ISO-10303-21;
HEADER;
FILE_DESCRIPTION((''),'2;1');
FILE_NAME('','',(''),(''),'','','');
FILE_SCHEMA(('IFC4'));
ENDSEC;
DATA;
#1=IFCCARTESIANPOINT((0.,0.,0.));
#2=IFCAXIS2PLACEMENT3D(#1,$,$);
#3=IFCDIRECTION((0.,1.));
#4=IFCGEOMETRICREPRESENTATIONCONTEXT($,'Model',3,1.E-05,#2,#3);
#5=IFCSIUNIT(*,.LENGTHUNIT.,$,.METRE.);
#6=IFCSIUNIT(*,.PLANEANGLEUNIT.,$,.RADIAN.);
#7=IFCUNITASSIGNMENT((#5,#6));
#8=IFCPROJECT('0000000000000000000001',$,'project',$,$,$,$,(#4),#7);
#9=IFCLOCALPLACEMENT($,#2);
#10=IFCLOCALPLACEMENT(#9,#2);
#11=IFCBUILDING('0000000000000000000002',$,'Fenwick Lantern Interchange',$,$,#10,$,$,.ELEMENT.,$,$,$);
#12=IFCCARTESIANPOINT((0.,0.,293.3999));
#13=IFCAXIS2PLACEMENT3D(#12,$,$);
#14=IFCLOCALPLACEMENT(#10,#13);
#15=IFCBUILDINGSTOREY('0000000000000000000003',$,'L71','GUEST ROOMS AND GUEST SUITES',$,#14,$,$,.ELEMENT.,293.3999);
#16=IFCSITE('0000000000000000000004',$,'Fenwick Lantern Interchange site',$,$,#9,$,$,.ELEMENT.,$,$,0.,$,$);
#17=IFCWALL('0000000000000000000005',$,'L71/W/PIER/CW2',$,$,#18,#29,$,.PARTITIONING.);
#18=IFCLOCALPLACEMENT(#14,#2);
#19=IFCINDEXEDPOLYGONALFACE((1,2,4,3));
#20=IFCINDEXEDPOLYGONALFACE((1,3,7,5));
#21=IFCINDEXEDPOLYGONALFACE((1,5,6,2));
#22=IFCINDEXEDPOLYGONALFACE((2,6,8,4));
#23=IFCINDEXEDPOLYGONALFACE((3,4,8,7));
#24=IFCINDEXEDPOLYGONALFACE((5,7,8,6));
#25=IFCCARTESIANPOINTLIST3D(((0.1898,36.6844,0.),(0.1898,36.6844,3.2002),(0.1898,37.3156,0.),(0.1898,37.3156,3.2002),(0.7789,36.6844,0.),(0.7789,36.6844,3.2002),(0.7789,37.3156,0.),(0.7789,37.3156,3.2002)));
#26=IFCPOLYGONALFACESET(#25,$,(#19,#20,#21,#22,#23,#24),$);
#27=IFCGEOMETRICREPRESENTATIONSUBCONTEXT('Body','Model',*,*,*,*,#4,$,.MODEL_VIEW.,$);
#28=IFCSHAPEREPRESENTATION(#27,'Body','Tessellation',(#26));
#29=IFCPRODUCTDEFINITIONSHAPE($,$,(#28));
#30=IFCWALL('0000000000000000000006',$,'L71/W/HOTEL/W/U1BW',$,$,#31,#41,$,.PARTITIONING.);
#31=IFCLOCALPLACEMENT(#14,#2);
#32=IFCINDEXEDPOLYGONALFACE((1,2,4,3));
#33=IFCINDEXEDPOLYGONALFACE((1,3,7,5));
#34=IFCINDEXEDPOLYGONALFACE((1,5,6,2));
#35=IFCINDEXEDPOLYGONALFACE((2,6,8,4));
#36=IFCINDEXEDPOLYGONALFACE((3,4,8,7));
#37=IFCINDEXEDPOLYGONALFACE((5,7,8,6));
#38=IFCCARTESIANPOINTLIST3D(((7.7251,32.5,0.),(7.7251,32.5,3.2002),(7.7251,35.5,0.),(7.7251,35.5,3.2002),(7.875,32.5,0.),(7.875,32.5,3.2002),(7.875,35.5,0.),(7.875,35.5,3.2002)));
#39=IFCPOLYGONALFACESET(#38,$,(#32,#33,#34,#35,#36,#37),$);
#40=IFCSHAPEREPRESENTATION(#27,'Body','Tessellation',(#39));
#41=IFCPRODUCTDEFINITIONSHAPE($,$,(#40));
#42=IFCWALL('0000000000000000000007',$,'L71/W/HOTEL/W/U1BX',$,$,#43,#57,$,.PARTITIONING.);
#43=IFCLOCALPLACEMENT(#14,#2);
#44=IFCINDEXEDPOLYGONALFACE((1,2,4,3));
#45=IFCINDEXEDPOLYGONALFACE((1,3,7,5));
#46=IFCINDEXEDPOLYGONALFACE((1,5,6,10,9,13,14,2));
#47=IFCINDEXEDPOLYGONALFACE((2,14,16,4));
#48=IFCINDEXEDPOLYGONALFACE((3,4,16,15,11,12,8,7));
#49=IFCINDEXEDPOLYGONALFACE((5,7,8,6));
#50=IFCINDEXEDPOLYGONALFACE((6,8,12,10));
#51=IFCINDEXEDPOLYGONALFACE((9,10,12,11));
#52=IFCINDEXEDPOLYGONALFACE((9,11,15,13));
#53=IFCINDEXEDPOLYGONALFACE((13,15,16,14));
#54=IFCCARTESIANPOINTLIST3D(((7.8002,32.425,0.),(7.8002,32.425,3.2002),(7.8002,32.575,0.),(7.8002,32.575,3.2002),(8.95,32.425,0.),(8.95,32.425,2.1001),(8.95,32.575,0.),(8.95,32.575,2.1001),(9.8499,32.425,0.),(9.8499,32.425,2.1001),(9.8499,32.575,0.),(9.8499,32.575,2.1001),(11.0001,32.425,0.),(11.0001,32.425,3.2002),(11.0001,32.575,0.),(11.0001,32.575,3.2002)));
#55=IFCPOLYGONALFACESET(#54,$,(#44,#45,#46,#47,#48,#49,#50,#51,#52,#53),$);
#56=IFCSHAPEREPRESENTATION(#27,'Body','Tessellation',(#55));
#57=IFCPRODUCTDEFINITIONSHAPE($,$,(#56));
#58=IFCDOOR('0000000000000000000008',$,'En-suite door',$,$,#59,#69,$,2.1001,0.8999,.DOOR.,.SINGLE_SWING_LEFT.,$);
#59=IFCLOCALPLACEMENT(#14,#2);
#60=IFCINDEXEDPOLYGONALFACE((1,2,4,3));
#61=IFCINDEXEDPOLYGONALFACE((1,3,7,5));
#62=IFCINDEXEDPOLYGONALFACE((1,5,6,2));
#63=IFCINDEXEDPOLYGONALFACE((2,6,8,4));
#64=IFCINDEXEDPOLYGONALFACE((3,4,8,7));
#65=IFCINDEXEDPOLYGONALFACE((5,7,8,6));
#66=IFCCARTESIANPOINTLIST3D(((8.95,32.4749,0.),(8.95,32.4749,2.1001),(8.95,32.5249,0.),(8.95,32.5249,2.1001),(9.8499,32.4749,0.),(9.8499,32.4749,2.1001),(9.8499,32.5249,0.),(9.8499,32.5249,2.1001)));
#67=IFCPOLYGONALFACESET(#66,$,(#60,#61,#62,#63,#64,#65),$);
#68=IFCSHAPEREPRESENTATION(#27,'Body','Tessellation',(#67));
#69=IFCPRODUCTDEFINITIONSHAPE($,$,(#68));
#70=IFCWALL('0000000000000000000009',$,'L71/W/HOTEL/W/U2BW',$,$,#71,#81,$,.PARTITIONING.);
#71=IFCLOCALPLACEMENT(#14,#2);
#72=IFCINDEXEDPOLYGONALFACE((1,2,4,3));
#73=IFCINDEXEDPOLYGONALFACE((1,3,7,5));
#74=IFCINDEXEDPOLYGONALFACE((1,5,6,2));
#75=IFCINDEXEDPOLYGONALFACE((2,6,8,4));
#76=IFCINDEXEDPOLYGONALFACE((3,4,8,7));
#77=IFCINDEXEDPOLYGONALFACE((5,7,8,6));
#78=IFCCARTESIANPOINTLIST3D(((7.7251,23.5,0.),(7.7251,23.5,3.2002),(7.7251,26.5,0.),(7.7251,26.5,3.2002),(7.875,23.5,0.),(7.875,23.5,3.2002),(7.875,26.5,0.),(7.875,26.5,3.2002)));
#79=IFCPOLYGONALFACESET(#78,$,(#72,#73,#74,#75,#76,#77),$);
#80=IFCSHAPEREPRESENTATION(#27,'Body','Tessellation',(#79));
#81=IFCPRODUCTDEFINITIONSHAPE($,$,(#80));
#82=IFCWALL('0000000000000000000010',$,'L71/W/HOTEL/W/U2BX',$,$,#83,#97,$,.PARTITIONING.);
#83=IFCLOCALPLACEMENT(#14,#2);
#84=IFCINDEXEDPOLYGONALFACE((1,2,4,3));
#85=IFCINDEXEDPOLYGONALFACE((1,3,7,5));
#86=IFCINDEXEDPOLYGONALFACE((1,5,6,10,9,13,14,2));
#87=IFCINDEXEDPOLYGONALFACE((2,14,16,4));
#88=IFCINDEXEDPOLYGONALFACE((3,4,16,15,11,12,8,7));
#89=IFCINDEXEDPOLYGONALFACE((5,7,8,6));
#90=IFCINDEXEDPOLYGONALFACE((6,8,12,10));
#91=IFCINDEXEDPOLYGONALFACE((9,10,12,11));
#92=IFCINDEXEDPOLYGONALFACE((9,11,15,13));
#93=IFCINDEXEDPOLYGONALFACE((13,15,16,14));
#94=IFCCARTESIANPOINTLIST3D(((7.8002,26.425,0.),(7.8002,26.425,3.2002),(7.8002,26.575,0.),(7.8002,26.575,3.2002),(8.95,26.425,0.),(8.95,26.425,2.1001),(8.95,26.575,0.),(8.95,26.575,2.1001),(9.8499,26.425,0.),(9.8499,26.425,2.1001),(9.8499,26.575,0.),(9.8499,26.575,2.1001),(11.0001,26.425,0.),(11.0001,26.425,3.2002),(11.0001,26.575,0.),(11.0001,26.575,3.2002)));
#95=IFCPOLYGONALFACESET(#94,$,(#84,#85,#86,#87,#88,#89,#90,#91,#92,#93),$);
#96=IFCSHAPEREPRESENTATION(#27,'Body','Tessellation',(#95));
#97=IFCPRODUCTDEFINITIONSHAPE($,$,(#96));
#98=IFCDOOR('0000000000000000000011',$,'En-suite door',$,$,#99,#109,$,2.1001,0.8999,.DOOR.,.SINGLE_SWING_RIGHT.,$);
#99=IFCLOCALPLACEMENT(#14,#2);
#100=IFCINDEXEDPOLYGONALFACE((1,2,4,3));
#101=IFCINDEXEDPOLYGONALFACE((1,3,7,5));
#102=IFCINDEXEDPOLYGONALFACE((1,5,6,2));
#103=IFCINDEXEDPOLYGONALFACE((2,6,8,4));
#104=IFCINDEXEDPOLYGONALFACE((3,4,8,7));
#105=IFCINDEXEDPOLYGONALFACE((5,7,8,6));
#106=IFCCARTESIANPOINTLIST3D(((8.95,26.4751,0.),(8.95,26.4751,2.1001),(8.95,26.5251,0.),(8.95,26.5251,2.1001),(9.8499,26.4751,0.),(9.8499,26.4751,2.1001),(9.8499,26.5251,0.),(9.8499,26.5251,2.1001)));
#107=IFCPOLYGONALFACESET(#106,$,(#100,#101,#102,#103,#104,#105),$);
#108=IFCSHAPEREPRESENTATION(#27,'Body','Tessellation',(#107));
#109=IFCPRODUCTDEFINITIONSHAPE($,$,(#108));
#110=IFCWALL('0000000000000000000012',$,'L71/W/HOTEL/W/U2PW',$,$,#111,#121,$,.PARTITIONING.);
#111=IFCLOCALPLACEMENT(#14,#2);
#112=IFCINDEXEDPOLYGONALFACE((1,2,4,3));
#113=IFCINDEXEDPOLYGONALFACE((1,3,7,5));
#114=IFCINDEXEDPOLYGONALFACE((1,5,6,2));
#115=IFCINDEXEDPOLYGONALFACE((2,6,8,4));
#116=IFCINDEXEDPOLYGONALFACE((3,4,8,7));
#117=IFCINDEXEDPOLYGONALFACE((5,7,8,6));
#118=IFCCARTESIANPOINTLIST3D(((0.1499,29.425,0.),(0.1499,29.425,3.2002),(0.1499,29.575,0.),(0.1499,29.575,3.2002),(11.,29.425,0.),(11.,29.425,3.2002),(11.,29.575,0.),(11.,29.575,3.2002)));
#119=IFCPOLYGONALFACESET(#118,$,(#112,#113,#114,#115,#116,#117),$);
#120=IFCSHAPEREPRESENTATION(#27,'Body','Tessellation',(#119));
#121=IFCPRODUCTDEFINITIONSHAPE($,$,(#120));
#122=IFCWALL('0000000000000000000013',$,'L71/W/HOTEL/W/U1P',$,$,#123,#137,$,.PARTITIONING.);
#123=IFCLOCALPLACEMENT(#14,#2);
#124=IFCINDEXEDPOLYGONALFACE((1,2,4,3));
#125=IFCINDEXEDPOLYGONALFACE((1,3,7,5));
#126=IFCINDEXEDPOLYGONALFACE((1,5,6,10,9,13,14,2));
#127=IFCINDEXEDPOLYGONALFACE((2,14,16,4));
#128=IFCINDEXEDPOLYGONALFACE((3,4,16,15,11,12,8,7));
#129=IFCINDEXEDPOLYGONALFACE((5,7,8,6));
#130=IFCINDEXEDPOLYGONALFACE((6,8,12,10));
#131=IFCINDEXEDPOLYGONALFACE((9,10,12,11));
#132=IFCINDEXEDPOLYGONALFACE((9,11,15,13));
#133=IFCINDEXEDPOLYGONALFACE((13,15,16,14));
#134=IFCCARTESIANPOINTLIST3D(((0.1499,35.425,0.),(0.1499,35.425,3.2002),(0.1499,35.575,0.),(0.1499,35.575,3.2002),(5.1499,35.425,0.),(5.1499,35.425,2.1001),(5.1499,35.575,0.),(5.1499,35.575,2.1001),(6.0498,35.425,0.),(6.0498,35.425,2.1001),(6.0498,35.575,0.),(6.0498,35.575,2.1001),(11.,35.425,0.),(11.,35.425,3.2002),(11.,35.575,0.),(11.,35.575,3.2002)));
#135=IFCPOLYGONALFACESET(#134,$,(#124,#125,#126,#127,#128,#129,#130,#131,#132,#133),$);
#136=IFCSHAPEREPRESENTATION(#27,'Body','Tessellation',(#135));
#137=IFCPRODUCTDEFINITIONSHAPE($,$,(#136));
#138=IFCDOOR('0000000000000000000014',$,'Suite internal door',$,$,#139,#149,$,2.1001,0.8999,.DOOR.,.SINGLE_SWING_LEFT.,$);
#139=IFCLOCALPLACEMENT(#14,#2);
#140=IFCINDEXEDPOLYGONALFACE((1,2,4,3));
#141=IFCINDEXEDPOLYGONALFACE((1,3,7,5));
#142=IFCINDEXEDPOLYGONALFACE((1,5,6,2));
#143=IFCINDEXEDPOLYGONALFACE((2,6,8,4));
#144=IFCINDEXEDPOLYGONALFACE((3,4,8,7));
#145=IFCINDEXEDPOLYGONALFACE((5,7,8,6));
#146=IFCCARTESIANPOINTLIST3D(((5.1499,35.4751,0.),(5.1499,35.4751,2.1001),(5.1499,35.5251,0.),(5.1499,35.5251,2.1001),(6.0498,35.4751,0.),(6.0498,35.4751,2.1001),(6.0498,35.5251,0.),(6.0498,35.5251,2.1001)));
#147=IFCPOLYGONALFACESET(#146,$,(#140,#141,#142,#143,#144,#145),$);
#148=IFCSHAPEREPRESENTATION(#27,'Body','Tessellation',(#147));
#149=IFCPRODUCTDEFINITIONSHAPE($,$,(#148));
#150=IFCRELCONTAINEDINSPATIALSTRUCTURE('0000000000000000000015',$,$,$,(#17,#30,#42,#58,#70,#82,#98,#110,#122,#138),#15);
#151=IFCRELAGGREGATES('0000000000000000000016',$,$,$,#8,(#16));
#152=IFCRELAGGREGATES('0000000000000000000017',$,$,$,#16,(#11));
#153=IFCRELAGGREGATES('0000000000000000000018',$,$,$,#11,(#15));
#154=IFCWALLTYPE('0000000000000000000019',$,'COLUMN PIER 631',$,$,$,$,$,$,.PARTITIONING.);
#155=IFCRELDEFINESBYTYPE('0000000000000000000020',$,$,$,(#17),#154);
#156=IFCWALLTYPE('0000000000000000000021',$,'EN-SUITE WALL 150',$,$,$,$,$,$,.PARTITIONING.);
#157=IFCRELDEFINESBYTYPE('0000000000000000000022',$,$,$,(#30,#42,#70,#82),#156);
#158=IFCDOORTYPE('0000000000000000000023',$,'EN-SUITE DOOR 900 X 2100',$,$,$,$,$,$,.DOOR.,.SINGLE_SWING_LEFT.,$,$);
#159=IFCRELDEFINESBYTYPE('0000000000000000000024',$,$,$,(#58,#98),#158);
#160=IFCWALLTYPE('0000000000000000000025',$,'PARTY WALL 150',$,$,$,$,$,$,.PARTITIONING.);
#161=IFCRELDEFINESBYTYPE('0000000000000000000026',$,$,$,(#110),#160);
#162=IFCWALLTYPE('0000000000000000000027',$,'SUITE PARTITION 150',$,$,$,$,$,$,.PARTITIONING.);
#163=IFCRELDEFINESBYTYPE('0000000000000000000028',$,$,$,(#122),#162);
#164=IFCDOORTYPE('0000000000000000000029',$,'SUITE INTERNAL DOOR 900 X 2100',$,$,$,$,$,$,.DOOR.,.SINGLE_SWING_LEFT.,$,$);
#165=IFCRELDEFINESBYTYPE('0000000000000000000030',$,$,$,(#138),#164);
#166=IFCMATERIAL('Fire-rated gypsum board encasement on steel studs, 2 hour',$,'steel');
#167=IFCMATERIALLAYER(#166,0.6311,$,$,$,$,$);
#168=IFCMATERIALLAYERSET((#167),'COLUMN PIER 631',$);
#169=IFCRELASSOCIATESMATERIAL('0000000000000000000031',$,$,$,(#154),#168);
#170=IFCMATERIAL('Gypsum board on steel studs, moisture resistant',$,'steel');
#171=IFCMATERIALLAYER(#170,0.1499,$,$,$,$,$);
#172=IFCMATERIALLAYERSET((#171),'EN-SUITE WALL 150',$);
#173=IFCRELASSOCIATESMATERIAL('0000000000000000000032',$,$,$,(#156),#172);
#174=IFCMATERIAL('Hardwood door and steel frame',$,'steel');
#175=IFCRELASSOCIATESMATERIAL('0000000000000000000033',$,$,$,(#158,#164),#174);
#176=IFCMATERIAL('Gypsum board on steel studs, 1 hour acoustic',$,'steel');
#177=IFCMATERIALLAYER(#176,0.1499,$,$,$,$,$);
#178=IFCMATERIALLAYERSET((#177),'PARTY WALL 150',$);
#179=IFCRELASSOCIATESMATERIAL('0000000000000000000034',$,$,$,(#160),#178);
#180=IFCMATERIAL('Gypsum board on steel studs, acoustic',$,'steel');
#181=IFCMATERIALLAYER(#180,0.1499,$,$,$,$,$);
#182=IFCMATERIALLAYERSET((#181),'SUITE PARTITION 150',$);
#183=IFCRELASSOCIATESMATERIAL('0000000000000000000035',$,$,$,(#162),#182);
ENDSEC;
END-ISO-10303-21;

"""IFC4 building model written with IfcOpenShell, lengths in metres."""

from ifc_helpers import new_model, si_unit, direction, frame, frame_2d, origin, place, context, subcontext, project, spatial, rectangle, extrude, material, layer, layer_set, type_object, element, fill, save


model = new_model("IFC4")

# Units and contexts
model_context = context("Model", 3, precision=1e-05, world=origin(), true_north=direction((0.0, 1.0)))
body_context = subcontext(model_context, "Body", "Model", "MODEL_VIEW")
ifc_project = project(units=[si_unit("LENGTHUNIT", "METRE"), si_unit("PLANEANGLEUNIT", "RADIAN")], contexts=[model_context])

# Site, building, storey
site_placement = place(None, origin())
site = spatial("IfcSite", under=ifc_project, at=site_placement, Name="Fenwick Lantern Interchange site", CompositionType="ELEMENT", RefElevation=0.0)
building_placement = place(site_placement, origin())
building = spatial("IfcBuilding", under=site, at=building_placement, Name="Fenwick Lantern Interchange", CompositionType="ELEMENT")
storey_placement = place(building_placement, frame((0.0, 0.0, 293.3999)))
storey = spatial("IfcBuildingStorey", under=building, at=storey_placement, Name="L71", Description="GUEST ROOMS AND GUEST SUITES", CompositionType="ELEMENT", Elevation=293.3999)

# Walls
ifc_material_1 = material(Name="Fire-rated gypsum board encasement on steel studs, 2 hour", Category="steel")
ifc_layer_1 = layer(ifc_material_1, 0.6311)
ifc_layer_set_1 = layer_set([ifc_layer_1], Name="COLUMN PIER 631")
wall_type_1 = type_object("IfcWallType", Name="COLUMN PIER 631", PredefinedType="PARTITIONING", material=ifc_layer_set_1)
wall_1_placement = place(storey_placement, frame((0.1899, 37.0, 0.0), z_axis=(0.0, 0.0, 1.0), x_axis=(1.0, 0.0, 0.0)))
element("IfcWall", 1, at=wall_1_placement, inside=storey, type_object=wall_type_1, Name="L71/W/PIER/CW2", PredefinedType="PARTITIONING", context=body_context, shape_type="SweptSolid", body=[
    extrude(rectangle(XDim=0.5891, YDim=0.6311, at=frame_2d((0.2944, 0.0))), origin(), (0.0, 0.0, 1.0), 3.2002),
])
ifc_material_2 = material(Name="Gypsum board on steel studs, moisture resistant", Category="steel")
ifc_layer_2 = layer(ifc_material_2, 0.1499)
ifc_layer_set_2 = layer_set([ifc_layer_2], Name="EN-SUITE WALL 150")
wall_type_2 = type_object("IfcWallType", Name="EN-SUITE WALL 150", PredefinedType="PARTITIONING", material=ifc_layer_set_2)
wall_2_placement = place(storey_placement, frame((7.8, 35.5, 0.0), z_axis=(0.0, 0.0, 1.0), x_axis=(0.0, -1.0, 0.0)))
element("IfcWall", 2, at=wall_2_placement, inside=storey, type_object=wall_type_2, Name="L71/W/HOTEL/W/U1BW", PredefinedType="PARTITIONING", context=body_context, shape_type="SweptSolid", body=[
    extrude(rectangle(XDim=3.0, YDim=0.1499, at=frame_2d((1.5, 0.0))), origin(), (0.0, 0.0, 1.0), 3.2002),
])

# Wall, opening, door
wall_3_placement = place(storey_placement, frame((7.8, 32.5, 0.0), z_axis=(0.0, 0.0, 1.0), x_axis=(1.0, 0.0, 0.0)))
wall_3 = element("IfcWall", 3, at=wall_3_placement, inside=storey, type_object=wall_type_2, Name="L71/W/HOTEL/W/U1BX", PredefinedType="PARTITIONING", context=body_context, shape_type="SweptSolid", body=[
    extrude(rectangle(XDim=3.2, YDim=0.1499, at=frame_2d((1.6001, 0.0))), origin(), (0.0, 0.0, 1.0), 3.2002),
])
opening_1_placement = place(wall_3_placement, frame((1.1499, 0.0, 0.0)))
opening_1 = element("IfcOpeningElement", 4, at=opening_1_placement, cuts=wall_3, PredefinedType="OPENING", context=body_context, shape_type="SweptSolid", body=[
    extrude(rectangle(XDim=0.8999, YDim=2.1001, at=frame_2d((0.45, 1.05))), frame((0.0, 0.085, 0.0), z_axis=(0.0, -1.0, 0.0), x_axis=(1.0, 0.0, 0.0)), (0.0, 0.0, 1.0), 0.1699),
])
ifc_material_3 = material(Name="Hardwood door and steel frame", Category="steel")
door_type_1 = type_object("IfcDoorType", Name="EN-SUITE DOOR 900 X 2100", OperationType="SINGLE_SWING_LEFT", PredefinedType="DOOR", material=ifc_material_3)
door_1_placement = place(opening_1_placement, origin())
door_1 = element("IfcDoor", 5, at=door_1_placement, inside=storey, type_object=door_type_1, Name="En-suite door", OperationType="SINGLE_SWING_LEFT", OverallHeight=2.1001, OverallWidth=0.8999, PredefinedType="DOOR", context=body_context, shape_type="SweptSolid", body=[
    extrude(rectangle(XDim=0.8999, YDim=2.1001, at=frame_2d((0.45, 1.05))), frame((0.0, 0.0249, 0.0), z_axis=(0.0, -1.0, 0.0), x_axis=(1.0, 0.0, 0.0)), (0.0, 0.0, 1.0), 0.05),
])
fill(opening_1, door_1)

# Wall
wall_4_placement = place(storey_placement, frame((7.8, 26.5, 0.0), z_axis=(0.0, 0.0, 1.0), x_axis=(0.0, -1.0, 0.0)))
element("IfcWall", 6, at=wall_4_placement, inside=storey, type_object=wall_type_2, Name="L71/W/HOTEL/W/U2BW", PredefinedType="PARTITIONING", context=body_context, shape_type="SweptSolid", body=[
    extrude(rectangle(XDim=3.0, YDim=0.1499, at=frame_2d((1.5, 0.0))), origin(), (0.0, 0.0, 1.0), 3.2002),
])

# Wall, opening, door
wall_5_placement = place(storey_placement, frame((7.8, 26.5, 0.0), z_axis=(0.0, 0.0, 1.0), x_axis=(1.0, 0.0, 0.0)))
wall_5 = element("IfcWall", 7, at=wall_5_placement, inside=storey, type_object=wall_type_2, Name="L71/W/HOTEL/W/U2BX", PredefinedType="PARTITIONING", context=body_context, shape_type="SweptSolid", body=[
    extrude(rectangle(XDim=3.2, YDim=0.1499, at=frame_2d((1.6001, 0.0))), origin(), (0.0, 0.0, 1.0), 3.2002),
])
opening_2_placement = place(wall_5_placement, frame((1.1499, 0.0, 0.0)))
opening_2 = element("IfcOpeningElement", 8, at=opening_2_placement, cuts=wall_5, PredefinedType="OPENING", context=body_context, shape_type="SweptSolid", body=[
    extrude(rectangle(XDim=0.8999, YDim=2.1001, at=frame_2d((0.45, 1.05))), frame((0.0, 0.085, 0.0), z_axis=(0.0, -1.0, 0.0), x_axis=(1.0, 0.0, 0.0)), (0.0, 0.0, 1.0), 0.1699),
])
door_2_placement = place(opening_2_placement, frame((0.8999, 0.0, 0.0), z_axis=(0.0, 0.0, 1.0), x_axis=(-1.0, 0.0, 0.0)))
door_2 = element("IfcDoor", 9, at=door_2_placement, inside=storey, type_object=door_type_1, Name="En-suite door", OperationType="SINGLE_SWING_RIGHT", OverallHeight=2.1001, OverallWidth=0.8999, PredefinedType="DOOR", context=body_context, shape_type="SweptSolid", body=[
    extrude(rectangle(XDim=0.8999, YDim=2.1001, at=frame_2d((0.45, 1.05))), frame((0.0, 0.0249, 0.0), z_axis=(0.0, -1.0, 0.0), x_axis=(1.0, 0.0, 0.0)), (0.0, 0.0, 1.0), 0.05),
])
fill(opening_2, door_2)

# Wall
ifc_material_4 = material(Name="Gypsum board on steel studs, 1 hour acoustic", Category="steel")
ifc_layer_3 = layer(ifc_material_4, 0.1499)
ifc_layer_set_3 = layer_set([ifc_layer_3], Name="PARTY WALL 150")
wall_type_3 = type_object("IfcWallType", Name="PARTY WALL 150", PredefinedType="PARTITIONING", material=ifc_layer_set_3)
wall_6_placement = place(storey_placement, frame((0.1499, 29.5, 0.0), z_axis=(0.0, 0.0, 1.0), x_axis=(1.0, 0.0, 0.0)))
element("IfcWall", 10, at=wall_6_placement, inside=storey, type_object=wall_type_3, Name="L71/W/HOTEL/W/U2PW", PredefinedType="PARTITIONING", context=body_context, shape_type="SweptSolid", body=[
    extrude(rectangle(XDim=10.8501, YDim=0.1499, at=frame_2d((5.425, 0.0))), origin(), (0.0, 0.0, 1.0), 3.2002),
])

# Wall, opening, door
ifc_material_5 = material(Name="Gypsum board on steel studs, acoustic", Category="steel")
ifc_layer_4 = layer(ifc_material_5, 0.1499)
ifc_layer_set_4 = layer_set([ifc_layer_4], Name="SUITE PARTITION 150")
wall_type_4 = type_object("IfcWallType", Name="SUITE PARTITION 150", PredefinedType="PARTITIONING", material=ifc_layer_set_4)
wall_7_placement = place(storey_placement, frame((0.1499, 35.5, 0.0), z_axis=(0.0, 0.0, 1.0), x_axis=(1.0, 0.0, 0.0)))
wall_7 = element("IfcWall", 11, at=wall_7_placement, inside=storey, type_object=wall_type_4, Name="L71/W/HOTEL/W/U1P", PredefinedType="PARTITIONING", context=body_context, shape_type="SweptSolid", body=[
    extrude(rectangle(XDim=10.8501, YDim=0.1499, at=frame_2d((5.425, 0.0))), origin(), (0.0, 0.0, 1.0), 3.2002),
])
opening_3_placement = place(wall_7_placement, frame((5.0, 0.0, 0.0)))
opening_3 = element("IfcOpeningElement", 12, at=opening_3_placement, cuts=wall_7, PredefinedType="OPENING", context=body_context, shape_type="SweptSolid", body=[
    extrude(rectangle(XDim=0.8999, YDim=2.1001, at=frame_2d((0.45, 1.05))), frame((0.0, 0.085, 0.0), z_axis=(0.0, -1.0, 0.0), x_axis=(1.0, 0.0, 0.0)), (0.0, 0.0, 1.0), 0.1699),
])
door_type_2 = type_object("IfcDoorType", Name="SUITE INTERNAL DOOR 900 X 2100", OperationType="SINGLE_SWING_LEFT", PredefinedType="DOOR", material=ifc_material_3)
door_3_placement = place(opening_3_placement, frame((0.8999, 0.0, 0.0), z_axis=(0.0, 0.0, 1.0), x_axis=(-1.0, 0.0, 0.0)))
door_3 = element("IfcDoor", 13, at=door_3_placement, inside=storey, type_object=door_type_2, Name="Suite internal door", OperationType="SINGLE_SWING_LEFT", OverallHeight=2.1001, OverallWidth=0.8999, PredefinedType="DOOR", context=body_context, shape_type="SweptSolid", body=[
    extrude(rectangle(XDim=0.8999, YDim=2.1001, at=frame_2d((0.45, 1.05))), frame((0.0, 0.0249, 0.0), z_axis=(0.0, -1.0, 0.0), x_axis=(1.0, 0.0, 0.0)), (0.0, 0.0, 1.0), 0.05),
])
fill(opening_3, door_3)

save(model, "model.ifc")
